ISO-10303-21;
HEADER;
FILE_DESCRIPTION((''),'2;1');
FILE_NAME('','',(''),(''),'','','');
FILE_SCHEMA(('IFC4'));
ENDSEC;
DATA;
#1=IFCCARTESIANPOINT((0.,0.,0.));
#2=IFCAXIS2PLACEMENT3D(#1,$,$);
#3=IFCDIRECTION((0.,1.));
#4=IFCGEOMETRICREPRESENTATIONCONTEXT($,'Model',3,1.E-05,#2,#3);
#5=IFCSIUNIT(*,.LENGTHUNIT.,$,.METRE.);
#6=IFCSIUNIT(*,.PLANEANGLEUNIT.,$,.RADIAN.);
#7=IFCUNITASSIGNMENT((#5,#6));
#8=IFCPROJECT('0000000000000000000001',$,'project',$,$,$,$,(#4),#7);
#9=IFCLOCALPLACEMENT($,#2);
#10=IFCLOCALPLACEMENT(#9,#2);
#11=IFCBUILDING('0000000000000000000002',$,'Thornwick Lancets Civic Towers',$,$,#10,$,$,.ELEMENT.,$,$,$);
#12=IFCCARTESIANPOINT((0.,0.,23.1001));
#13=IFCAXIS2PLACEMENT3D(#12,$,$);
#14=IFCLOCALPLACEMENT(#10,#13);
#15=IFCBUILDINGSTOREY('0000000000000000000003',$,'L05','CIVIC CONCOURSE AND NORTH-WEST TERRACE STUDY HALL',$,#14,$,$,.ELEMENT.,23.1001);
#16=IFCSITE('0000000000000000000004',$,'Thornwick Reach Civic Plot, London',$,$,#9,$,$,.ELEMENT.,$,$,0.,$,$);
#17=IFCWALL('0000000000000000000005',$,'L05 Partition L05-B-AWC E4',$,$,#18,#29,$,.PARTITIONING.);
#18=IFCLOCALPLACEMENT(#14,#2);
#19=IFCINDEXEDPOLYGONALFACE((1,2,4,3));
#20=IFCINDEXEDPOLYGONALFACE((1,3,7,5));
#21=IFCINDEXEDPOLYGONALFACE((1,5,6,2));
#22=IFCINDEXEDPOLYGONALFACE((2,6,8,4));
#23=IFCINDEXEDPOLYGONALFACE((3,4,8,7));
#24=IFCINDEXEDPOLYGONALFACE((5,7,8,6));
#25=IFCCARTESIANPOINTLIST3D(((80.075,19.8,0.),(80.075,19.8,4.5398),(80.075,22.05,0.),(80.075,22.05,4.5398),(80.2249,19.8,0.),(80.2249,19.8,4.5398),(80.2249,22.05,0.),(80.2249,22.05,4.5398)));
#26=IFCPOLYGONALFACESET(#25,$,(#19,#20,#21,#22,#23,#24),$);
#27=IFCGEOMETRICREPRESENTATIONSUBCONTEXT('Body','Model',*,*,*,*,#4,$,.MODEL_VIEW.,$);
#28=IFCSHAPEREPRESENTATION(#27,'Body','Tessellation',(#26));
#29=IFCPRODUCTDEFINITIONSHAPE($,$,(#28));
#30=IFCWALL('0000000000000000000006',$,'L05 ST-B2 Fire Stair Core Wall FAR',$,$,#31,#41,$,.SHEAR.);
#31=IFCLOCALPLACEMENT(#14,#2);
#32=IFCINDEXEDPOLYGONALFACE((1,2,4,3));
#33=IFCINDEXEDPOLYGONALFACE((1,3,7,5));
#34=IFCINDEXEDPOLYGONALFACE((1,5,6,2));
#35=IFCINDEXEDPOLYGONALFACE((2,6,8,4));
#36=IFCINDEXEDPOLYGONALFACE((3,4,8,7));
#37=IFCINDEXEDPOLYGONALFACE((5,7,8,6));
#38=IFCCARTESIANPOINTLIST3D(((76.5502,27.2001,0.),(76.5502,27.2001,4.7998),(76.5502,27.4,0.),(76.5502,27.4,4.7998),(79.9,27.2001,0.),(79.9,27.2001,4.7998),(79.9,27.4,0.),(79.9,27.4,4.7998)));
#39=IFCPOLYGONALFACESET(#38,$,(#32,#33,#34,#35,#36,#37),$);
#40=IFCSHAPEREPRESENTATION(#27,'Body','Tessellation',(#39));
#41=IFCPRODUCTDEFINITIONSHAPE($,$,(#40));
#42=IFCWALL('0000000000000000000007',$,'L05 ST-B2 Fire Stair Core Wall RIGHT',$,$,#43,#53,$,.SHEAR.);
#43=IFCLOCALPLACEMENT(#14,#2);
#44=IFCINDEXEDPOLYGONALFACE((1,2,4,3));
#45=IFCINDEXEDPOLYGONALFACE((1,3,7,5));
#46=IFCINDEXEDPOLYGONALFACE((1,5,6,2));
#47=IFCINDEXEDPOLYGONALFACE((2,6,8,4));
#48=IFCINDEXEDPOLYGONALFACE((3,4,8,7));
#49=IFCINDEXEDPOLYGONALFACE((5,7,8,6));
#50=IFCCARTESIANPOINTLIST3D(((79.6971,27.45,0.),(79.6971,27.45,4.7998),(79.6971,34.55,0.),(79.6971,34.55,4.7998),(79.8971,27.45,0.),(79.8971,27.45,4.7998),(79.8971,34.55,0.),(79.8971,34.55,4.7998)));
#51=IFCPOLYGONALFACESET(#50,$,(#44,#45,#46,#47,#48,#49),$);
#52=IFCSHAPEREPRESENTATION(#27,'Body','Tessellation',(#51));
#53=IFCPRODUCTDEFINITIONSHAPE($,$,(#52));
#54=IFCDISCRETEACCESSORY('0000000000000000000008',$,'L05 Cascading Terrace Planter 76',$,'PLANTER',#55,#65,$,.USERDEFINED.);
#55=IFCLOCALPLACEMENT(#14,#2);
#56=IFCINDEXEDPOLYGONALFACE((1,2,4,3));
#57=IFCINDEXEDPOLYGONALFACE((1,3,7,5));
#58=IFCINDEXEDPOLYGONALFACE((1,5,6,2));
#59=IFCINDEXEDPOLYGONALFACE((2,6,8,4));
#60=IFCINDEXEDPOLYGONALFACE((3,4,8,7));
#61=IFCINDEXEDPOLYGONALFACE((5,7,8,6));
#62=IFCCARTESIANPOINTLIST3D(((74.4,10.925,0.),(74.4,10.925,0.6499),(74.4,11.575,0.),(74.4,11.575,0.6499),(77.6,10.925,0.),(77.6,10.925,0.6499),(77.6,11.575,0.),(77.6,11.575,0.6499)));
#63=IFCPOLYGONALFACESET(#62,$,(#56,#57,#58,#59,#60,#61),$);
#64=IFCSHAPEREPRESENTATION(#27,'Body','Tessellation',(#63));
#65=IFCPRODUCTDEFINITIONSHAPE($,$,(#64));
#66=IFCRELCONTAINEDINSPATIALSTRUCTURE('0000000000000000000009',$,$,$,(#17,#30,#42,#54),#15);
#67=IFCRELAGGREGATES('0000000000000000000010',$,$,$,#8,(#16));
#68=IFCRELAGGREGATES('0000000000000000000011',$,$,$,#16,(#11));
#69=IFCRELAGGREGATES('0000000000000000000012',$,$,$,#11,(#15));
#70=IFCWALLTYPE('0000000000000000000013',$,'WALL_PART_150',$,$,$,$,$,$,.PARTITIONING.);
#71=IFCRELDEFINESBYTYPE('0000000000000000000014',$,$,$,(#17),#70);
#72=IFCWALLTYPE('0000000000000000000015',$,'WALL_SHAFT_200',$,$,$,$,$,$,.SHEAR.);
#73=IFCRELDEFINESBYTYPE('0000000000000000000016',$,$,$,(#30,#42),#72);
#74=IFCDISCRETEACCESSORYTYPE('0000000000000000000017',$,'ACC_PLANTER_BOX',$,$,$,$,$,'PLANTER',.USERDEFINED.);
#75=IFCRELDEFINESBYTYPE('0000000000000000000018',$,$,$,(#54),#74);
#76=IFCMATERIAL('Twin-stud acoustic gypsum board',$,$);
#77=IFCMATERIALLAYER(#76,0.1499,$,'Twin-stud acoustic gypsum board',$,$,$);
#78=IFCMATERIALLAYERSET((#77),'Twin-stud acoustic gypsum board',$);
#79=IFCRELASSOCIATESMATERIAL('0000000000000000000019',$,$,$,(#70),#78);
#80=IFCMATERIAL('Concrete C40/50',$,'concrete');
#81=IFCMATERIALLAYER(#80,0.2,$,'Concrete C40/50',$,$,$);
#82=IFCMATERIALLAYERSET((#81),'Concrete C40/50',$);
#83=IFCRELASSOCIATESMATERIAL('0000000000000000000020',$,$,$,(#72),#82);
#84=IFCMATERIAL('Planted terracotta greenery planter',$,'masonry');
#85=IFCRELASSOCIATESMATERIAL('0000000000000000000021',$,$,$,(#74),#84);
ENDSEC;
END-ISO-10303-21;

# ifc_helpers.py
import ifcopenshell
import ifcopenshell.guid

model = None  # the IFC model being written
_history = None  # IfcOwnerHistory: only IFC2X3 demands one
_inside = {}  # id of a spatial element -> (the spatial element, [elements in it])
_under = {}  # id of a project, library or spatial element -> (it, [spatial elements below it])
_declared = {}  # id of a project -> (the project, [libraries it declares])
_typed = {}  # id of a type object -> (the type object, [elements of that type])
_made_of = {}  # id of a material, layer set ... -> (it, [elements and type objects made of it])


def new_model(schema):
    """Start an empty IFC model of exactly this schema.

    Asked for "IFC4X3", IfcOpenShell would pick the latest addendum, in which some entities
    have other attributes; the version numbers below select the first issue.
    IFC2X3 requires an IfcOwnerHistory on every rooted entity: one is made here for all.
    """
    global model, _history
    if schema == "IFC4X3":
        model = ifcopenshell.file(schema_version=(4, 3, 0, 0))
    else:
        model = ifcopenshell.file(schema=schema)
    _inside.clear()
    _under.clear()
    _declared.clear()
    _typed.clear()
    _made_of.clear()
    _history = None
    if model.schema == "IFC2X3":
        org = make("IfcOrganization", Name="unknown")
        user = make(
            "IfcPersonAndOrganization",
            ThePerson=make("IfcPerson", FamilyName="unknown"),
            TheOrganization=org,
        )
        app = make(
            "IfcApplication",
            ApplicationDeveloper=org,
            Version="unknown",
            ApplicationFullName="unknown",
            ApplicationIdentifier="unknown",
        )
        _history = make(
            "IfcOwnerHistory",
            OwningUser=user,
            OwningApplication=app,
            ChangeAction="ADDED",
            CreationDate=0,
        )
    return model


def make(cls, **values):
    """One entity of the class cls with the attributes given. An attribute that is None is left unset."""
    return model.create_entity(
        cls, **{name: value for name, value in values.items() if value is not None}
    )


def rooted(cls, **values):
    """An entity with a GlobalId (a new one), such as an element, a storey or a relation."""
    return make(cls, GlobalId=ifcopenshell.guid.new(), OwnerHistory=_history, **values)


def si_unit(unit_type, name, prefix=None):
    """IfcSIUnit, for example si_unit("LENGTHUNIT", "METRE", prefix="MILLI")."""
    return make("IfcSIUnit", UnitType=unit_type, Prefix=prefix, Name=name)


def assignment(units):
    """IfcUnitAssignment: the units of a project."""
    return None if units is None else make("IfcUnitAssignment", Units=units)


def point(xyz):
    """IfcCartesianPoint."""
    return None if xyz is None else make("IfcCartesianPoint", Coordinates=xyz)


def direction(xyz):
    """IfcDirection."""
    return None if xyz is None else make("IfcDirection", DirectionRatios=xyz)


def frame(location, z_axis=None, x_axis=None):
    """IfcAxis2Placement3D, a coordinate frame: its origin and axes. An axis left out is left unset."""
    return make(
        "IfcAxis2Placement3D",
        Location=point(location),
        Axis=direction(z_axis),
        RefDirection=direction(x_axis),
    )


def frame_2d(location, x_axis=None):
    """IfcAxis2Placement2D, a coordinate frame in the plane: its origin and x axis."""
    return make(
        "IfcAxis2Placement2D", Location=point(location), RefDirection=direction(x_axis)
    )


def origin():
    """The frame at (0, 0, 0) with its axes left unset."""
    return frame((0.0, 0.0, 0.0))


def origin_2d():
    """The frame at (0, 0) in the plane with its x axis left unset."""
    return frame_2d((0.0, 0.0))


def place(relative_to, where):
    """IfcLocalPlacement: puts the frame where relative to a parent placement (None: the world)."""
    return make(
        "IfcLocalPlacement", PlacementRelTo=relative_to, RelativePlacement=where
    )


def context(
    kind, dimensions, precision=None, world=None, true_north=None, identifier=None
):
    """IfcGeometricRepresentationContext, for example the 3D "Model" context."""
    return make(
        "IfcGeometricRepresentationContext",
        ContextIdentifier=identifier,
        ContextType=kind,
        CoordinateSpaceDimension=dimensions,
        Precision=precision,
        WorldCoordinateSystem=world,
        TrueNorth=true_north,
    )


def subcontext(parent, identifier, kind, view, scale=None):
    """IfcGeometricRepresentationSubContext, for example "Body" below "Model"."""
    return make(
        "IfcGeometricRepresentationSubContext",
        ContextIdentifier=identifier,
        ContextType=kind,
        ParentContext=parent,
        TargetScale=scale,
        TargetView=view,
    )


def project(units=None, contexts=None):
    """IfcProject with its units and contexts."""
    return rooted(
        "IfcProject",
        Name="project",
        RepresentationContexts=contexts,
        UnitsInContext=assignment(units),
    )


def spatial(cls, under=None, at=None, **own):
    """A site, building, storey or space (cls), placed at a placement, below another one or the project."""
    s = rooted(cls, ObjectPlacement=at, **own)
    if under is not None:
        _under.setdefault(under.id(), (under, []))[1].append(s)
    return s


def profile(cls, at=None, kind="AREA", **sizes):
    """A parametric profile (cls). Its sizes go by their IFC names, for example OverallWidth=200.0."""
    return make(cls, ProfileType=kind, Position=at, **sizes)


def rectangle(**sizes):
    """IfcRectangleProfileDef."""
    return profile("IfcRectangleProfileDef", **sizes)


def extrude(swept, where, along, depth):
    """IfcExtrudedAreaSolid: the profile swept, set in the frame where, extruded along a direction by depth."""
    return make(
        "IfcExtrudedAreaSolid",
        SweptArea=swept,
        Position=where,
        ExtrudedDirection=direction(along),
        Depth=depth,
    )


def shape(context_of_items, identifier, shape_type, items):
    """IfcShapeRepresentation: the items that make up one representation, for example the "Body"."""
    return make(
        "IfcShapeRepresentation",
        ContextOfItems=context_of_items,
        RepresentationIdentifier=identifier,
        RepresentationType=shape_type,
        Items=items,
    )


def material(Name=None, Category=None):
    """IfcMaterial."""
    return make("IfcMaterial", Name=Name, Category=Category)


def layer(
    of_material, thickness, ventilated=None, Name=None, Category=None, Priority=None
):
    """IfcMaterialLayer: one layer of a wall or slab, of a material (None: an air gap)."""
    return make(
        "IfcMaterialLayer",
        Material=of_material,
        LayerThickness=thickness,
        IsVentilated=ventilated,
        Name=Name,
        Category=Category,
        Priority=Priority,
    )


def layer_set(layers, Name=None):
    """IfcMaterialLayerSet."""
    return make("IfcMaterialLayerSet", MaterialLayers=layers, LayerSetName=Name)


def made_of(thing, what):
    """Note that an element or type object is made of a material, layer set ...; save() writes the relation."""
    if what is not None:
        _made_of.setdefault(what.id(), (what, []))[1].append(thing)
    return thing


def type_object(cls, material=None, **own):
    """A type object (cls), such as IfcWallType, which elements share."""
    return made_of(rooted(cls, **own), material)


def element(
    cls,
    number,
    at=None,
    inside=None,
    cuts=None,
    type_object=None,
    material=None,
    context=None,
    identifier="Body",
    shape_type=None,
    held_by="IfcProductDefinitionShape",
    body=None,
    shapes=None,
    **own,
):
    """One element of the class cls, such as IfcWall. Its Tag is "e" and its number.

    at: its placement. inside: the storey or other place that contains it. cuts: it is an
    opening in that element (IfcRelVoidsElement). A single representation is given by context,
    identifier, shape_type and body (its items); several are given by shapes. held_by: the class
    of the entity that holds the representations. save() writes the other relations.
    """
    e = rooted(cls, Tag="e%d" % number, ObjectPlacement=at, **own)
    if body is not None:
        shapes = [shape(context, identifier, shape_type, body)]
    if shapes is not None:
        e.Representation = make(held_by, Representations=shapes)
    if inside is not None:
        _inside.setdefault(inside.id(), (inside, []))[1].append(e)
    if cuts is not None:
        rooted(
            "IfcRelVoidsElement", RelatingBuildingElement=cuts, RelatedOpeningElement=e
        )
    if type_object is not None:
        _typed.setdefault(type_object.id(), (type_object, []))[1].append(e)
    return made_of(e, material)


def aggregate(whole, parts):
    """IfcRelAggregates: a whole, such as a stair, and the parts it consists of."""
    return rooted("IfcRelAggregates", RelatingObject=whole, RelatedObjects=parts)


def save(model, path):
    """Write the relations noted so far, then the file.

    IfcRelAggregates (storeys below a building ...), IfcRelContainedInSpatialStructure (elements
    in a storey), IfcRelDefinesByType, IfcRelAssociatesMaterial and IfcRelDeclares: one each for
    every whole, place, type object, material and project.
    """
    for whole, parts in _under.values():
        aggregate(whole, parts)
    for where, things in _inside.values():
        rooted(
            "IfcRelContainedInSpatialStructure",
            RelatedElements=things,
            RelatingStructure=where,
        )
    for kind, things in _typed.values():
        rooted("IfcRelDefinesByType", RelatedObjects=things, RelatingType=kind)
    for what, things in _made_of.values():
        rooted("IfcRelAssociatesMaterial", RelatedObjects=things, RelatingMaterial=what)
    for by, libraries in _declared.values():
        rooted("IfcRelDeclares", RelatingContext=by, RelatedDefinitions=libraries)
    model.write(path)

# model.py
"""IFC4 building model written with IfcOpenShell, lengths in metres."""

from ifc_helpers import new_model, si_unit, direction, frame, frame_2d, origin, origin_2d, place, context, subcontext, project, spatial, rectangle, extrude, material, layer, layer_set, type_object, element, save


model = new_model("IFC4")

# Units and contexts
model_context = context("Model", 3, precision=1e-05, world=origin(), true_north=direction((0.0, 1.0)))
body_context = subcontext(model_context, "Body", "Model", "MODEL_VIEW")
ifc_project = project(units=[si_unit("LENGTHUNIT", "METRE"), si_unit("PLANEANGLEUNIT", "RADIAN")], contexts=[model_context])

# Site, building, storey
site_placement = place(None, origin())
site = spatial("IfcSite", under=ifc_project, at=site_placement, Name="Thornwick Reach Civic Plot, London", CompositionType="ELEMENT", RefElevation=0.0)
building_placement = place(site_placement, origin())
building = spatial("IfcBuilding", under=site, at=building_placement, Name="Thornwick Lancets Civic Towers", CompositionType="ELEMENT")
storey_placement = place(building_placement, frame((0.0, 0.0, 23.1001)))
storey = spatial("IfcBuildingStorey", under=building, at=storey_placement, Name="L05", Description="CIVIC CONCOURSE AND NORTH-WEST TERRACE STUDY HALL", CompositionType="ELEMENT", Elevation=23.1001)

# Shared definitions
ifc_material_1 = material(Name="Concrete C40/50", Category="concrete")

# Walls
ifc_material_2 = material(Name="Twin-stud acoustic gypsum board")
ifc_layer_1 = layer(ifc_material_2, 0.1499, Name="Twin-stud acoustic gypsum board")
ifc_layer_set_1 = layer_set([ifc_layer_1], Name="Twin-stud acoustic gypsum board")
wall_type_1 = type_object("IfcWallType", Name="WALL_PART_150", PredefinedType="PARTITIONING", material=ifc_layer_set_1)
wall_1_placement = place(storey_placement, frame((80.1499, 22.05, 0.0), z_axis=(0.0, 0.0, 1.0), x_axis=(0.0, -1.0, 0.0)))
element("IfcWall", 1, at=wall_1_placement, inside=storey, type_object=wall_type_1, Name="L05 Partition L05-B-AWC E4", PredefinedType="PARTITIONING", context=body_context, shape_type="SweptSolid", body=[
    extrude(rectangle(XDim=2.25, YDim=0.1499, at=frame_2d((1.125, 0.0))), origin(), (0.0, 0.0, 1.0), 4.5398),
])
ifc_layer_2 = layer(ifc_material_1, 0.2, Name="Concrete C40/50")
ifc_layer_set_2 = layer_set([ifc_layer_2], Name="Concrete C40/50")
wall_type_2 = type_object("IfcWallType", Name="WALL_SHAFT_200", PredefinedType="SHEAR", material=ifc_layer_set_2)
wall_2_placement = place(storey_placement, frame((79.8999, 27.3, 0.0), z_axis=(0.0, 0.0, 1.0), x_axis=(-1.0, 0.0, 0.0)))
element("IfcWall", 2, at=wall_2_placement, inside=storey, type_object=wall_type_2, Name="L05 ST-B2 Fire Stair Core Wall FAR", PredefinedType="SHEAR", context=body_context, shape_type="SweptSolid", body=[
    extrude(rectangle(XDim=3.3499, YDim=0.2, at=frame_2d((1.6748, 0.0))), origin(), (0.0, 0.0, 1.0), 4.7998),
])
wall_3_placement = place(storey_placement, frame((79.7971, 27.45, 0.0), z_axis=(0.0, 0.0, 1.0), x_axis=(0.0, 1.0, 0.0)))
element("IfcWall", 3, at=wall_3_placement, inside=storey, type_object=wall_type_2, Name="L05 ST-B2 Fire Stair Core Wall RIGHT", PredefinedType="SHEAR", context=body_context, shape_type="SweptSolid", body=[
    extrude(rectangle(XDim=7.1001, YDim=0.2, at=frame_2d((3.55, 0.0))), origin(), (0.0, 0.0, 1.0), 4.7998),
])

# Discrete accessory
ifc_material_3 = material(Name="Planted terracotta greenery planter", Category="masonry")
discrete_accessory_type = type_object("IfcDiscreteAccessoryType", Name="ACC_PLANTER_BOX", ElementType="PLANTER", PredefinedType="USERDEFINED", material=ifc_material_3)
discrete_accessory_placement = place(storey_placement, frame((76.0, 11.25, 0.0), z_axis=(0.0, 0.0, 1.0), x_axis=(1.0, 0.0, 0.0)))
element("IfcDiscreteAccessory", 4, at=discrete_accessory_placement, inside=storey, type_object=discrete_accessory_type, Name="L05 Cascading Terrace Planter 76", ObjectType="PLANTER", PredefinedType="USERDEFINED", context=body_context, shape_type="SweptSolid", body=[
    extrude(rectangle(XDim=3.2, YDim=0.6499, at=origin_2d()), origin(), (0.0, 0.0, 1.0), 0.6499),
])

save(model, "model.ifc")
